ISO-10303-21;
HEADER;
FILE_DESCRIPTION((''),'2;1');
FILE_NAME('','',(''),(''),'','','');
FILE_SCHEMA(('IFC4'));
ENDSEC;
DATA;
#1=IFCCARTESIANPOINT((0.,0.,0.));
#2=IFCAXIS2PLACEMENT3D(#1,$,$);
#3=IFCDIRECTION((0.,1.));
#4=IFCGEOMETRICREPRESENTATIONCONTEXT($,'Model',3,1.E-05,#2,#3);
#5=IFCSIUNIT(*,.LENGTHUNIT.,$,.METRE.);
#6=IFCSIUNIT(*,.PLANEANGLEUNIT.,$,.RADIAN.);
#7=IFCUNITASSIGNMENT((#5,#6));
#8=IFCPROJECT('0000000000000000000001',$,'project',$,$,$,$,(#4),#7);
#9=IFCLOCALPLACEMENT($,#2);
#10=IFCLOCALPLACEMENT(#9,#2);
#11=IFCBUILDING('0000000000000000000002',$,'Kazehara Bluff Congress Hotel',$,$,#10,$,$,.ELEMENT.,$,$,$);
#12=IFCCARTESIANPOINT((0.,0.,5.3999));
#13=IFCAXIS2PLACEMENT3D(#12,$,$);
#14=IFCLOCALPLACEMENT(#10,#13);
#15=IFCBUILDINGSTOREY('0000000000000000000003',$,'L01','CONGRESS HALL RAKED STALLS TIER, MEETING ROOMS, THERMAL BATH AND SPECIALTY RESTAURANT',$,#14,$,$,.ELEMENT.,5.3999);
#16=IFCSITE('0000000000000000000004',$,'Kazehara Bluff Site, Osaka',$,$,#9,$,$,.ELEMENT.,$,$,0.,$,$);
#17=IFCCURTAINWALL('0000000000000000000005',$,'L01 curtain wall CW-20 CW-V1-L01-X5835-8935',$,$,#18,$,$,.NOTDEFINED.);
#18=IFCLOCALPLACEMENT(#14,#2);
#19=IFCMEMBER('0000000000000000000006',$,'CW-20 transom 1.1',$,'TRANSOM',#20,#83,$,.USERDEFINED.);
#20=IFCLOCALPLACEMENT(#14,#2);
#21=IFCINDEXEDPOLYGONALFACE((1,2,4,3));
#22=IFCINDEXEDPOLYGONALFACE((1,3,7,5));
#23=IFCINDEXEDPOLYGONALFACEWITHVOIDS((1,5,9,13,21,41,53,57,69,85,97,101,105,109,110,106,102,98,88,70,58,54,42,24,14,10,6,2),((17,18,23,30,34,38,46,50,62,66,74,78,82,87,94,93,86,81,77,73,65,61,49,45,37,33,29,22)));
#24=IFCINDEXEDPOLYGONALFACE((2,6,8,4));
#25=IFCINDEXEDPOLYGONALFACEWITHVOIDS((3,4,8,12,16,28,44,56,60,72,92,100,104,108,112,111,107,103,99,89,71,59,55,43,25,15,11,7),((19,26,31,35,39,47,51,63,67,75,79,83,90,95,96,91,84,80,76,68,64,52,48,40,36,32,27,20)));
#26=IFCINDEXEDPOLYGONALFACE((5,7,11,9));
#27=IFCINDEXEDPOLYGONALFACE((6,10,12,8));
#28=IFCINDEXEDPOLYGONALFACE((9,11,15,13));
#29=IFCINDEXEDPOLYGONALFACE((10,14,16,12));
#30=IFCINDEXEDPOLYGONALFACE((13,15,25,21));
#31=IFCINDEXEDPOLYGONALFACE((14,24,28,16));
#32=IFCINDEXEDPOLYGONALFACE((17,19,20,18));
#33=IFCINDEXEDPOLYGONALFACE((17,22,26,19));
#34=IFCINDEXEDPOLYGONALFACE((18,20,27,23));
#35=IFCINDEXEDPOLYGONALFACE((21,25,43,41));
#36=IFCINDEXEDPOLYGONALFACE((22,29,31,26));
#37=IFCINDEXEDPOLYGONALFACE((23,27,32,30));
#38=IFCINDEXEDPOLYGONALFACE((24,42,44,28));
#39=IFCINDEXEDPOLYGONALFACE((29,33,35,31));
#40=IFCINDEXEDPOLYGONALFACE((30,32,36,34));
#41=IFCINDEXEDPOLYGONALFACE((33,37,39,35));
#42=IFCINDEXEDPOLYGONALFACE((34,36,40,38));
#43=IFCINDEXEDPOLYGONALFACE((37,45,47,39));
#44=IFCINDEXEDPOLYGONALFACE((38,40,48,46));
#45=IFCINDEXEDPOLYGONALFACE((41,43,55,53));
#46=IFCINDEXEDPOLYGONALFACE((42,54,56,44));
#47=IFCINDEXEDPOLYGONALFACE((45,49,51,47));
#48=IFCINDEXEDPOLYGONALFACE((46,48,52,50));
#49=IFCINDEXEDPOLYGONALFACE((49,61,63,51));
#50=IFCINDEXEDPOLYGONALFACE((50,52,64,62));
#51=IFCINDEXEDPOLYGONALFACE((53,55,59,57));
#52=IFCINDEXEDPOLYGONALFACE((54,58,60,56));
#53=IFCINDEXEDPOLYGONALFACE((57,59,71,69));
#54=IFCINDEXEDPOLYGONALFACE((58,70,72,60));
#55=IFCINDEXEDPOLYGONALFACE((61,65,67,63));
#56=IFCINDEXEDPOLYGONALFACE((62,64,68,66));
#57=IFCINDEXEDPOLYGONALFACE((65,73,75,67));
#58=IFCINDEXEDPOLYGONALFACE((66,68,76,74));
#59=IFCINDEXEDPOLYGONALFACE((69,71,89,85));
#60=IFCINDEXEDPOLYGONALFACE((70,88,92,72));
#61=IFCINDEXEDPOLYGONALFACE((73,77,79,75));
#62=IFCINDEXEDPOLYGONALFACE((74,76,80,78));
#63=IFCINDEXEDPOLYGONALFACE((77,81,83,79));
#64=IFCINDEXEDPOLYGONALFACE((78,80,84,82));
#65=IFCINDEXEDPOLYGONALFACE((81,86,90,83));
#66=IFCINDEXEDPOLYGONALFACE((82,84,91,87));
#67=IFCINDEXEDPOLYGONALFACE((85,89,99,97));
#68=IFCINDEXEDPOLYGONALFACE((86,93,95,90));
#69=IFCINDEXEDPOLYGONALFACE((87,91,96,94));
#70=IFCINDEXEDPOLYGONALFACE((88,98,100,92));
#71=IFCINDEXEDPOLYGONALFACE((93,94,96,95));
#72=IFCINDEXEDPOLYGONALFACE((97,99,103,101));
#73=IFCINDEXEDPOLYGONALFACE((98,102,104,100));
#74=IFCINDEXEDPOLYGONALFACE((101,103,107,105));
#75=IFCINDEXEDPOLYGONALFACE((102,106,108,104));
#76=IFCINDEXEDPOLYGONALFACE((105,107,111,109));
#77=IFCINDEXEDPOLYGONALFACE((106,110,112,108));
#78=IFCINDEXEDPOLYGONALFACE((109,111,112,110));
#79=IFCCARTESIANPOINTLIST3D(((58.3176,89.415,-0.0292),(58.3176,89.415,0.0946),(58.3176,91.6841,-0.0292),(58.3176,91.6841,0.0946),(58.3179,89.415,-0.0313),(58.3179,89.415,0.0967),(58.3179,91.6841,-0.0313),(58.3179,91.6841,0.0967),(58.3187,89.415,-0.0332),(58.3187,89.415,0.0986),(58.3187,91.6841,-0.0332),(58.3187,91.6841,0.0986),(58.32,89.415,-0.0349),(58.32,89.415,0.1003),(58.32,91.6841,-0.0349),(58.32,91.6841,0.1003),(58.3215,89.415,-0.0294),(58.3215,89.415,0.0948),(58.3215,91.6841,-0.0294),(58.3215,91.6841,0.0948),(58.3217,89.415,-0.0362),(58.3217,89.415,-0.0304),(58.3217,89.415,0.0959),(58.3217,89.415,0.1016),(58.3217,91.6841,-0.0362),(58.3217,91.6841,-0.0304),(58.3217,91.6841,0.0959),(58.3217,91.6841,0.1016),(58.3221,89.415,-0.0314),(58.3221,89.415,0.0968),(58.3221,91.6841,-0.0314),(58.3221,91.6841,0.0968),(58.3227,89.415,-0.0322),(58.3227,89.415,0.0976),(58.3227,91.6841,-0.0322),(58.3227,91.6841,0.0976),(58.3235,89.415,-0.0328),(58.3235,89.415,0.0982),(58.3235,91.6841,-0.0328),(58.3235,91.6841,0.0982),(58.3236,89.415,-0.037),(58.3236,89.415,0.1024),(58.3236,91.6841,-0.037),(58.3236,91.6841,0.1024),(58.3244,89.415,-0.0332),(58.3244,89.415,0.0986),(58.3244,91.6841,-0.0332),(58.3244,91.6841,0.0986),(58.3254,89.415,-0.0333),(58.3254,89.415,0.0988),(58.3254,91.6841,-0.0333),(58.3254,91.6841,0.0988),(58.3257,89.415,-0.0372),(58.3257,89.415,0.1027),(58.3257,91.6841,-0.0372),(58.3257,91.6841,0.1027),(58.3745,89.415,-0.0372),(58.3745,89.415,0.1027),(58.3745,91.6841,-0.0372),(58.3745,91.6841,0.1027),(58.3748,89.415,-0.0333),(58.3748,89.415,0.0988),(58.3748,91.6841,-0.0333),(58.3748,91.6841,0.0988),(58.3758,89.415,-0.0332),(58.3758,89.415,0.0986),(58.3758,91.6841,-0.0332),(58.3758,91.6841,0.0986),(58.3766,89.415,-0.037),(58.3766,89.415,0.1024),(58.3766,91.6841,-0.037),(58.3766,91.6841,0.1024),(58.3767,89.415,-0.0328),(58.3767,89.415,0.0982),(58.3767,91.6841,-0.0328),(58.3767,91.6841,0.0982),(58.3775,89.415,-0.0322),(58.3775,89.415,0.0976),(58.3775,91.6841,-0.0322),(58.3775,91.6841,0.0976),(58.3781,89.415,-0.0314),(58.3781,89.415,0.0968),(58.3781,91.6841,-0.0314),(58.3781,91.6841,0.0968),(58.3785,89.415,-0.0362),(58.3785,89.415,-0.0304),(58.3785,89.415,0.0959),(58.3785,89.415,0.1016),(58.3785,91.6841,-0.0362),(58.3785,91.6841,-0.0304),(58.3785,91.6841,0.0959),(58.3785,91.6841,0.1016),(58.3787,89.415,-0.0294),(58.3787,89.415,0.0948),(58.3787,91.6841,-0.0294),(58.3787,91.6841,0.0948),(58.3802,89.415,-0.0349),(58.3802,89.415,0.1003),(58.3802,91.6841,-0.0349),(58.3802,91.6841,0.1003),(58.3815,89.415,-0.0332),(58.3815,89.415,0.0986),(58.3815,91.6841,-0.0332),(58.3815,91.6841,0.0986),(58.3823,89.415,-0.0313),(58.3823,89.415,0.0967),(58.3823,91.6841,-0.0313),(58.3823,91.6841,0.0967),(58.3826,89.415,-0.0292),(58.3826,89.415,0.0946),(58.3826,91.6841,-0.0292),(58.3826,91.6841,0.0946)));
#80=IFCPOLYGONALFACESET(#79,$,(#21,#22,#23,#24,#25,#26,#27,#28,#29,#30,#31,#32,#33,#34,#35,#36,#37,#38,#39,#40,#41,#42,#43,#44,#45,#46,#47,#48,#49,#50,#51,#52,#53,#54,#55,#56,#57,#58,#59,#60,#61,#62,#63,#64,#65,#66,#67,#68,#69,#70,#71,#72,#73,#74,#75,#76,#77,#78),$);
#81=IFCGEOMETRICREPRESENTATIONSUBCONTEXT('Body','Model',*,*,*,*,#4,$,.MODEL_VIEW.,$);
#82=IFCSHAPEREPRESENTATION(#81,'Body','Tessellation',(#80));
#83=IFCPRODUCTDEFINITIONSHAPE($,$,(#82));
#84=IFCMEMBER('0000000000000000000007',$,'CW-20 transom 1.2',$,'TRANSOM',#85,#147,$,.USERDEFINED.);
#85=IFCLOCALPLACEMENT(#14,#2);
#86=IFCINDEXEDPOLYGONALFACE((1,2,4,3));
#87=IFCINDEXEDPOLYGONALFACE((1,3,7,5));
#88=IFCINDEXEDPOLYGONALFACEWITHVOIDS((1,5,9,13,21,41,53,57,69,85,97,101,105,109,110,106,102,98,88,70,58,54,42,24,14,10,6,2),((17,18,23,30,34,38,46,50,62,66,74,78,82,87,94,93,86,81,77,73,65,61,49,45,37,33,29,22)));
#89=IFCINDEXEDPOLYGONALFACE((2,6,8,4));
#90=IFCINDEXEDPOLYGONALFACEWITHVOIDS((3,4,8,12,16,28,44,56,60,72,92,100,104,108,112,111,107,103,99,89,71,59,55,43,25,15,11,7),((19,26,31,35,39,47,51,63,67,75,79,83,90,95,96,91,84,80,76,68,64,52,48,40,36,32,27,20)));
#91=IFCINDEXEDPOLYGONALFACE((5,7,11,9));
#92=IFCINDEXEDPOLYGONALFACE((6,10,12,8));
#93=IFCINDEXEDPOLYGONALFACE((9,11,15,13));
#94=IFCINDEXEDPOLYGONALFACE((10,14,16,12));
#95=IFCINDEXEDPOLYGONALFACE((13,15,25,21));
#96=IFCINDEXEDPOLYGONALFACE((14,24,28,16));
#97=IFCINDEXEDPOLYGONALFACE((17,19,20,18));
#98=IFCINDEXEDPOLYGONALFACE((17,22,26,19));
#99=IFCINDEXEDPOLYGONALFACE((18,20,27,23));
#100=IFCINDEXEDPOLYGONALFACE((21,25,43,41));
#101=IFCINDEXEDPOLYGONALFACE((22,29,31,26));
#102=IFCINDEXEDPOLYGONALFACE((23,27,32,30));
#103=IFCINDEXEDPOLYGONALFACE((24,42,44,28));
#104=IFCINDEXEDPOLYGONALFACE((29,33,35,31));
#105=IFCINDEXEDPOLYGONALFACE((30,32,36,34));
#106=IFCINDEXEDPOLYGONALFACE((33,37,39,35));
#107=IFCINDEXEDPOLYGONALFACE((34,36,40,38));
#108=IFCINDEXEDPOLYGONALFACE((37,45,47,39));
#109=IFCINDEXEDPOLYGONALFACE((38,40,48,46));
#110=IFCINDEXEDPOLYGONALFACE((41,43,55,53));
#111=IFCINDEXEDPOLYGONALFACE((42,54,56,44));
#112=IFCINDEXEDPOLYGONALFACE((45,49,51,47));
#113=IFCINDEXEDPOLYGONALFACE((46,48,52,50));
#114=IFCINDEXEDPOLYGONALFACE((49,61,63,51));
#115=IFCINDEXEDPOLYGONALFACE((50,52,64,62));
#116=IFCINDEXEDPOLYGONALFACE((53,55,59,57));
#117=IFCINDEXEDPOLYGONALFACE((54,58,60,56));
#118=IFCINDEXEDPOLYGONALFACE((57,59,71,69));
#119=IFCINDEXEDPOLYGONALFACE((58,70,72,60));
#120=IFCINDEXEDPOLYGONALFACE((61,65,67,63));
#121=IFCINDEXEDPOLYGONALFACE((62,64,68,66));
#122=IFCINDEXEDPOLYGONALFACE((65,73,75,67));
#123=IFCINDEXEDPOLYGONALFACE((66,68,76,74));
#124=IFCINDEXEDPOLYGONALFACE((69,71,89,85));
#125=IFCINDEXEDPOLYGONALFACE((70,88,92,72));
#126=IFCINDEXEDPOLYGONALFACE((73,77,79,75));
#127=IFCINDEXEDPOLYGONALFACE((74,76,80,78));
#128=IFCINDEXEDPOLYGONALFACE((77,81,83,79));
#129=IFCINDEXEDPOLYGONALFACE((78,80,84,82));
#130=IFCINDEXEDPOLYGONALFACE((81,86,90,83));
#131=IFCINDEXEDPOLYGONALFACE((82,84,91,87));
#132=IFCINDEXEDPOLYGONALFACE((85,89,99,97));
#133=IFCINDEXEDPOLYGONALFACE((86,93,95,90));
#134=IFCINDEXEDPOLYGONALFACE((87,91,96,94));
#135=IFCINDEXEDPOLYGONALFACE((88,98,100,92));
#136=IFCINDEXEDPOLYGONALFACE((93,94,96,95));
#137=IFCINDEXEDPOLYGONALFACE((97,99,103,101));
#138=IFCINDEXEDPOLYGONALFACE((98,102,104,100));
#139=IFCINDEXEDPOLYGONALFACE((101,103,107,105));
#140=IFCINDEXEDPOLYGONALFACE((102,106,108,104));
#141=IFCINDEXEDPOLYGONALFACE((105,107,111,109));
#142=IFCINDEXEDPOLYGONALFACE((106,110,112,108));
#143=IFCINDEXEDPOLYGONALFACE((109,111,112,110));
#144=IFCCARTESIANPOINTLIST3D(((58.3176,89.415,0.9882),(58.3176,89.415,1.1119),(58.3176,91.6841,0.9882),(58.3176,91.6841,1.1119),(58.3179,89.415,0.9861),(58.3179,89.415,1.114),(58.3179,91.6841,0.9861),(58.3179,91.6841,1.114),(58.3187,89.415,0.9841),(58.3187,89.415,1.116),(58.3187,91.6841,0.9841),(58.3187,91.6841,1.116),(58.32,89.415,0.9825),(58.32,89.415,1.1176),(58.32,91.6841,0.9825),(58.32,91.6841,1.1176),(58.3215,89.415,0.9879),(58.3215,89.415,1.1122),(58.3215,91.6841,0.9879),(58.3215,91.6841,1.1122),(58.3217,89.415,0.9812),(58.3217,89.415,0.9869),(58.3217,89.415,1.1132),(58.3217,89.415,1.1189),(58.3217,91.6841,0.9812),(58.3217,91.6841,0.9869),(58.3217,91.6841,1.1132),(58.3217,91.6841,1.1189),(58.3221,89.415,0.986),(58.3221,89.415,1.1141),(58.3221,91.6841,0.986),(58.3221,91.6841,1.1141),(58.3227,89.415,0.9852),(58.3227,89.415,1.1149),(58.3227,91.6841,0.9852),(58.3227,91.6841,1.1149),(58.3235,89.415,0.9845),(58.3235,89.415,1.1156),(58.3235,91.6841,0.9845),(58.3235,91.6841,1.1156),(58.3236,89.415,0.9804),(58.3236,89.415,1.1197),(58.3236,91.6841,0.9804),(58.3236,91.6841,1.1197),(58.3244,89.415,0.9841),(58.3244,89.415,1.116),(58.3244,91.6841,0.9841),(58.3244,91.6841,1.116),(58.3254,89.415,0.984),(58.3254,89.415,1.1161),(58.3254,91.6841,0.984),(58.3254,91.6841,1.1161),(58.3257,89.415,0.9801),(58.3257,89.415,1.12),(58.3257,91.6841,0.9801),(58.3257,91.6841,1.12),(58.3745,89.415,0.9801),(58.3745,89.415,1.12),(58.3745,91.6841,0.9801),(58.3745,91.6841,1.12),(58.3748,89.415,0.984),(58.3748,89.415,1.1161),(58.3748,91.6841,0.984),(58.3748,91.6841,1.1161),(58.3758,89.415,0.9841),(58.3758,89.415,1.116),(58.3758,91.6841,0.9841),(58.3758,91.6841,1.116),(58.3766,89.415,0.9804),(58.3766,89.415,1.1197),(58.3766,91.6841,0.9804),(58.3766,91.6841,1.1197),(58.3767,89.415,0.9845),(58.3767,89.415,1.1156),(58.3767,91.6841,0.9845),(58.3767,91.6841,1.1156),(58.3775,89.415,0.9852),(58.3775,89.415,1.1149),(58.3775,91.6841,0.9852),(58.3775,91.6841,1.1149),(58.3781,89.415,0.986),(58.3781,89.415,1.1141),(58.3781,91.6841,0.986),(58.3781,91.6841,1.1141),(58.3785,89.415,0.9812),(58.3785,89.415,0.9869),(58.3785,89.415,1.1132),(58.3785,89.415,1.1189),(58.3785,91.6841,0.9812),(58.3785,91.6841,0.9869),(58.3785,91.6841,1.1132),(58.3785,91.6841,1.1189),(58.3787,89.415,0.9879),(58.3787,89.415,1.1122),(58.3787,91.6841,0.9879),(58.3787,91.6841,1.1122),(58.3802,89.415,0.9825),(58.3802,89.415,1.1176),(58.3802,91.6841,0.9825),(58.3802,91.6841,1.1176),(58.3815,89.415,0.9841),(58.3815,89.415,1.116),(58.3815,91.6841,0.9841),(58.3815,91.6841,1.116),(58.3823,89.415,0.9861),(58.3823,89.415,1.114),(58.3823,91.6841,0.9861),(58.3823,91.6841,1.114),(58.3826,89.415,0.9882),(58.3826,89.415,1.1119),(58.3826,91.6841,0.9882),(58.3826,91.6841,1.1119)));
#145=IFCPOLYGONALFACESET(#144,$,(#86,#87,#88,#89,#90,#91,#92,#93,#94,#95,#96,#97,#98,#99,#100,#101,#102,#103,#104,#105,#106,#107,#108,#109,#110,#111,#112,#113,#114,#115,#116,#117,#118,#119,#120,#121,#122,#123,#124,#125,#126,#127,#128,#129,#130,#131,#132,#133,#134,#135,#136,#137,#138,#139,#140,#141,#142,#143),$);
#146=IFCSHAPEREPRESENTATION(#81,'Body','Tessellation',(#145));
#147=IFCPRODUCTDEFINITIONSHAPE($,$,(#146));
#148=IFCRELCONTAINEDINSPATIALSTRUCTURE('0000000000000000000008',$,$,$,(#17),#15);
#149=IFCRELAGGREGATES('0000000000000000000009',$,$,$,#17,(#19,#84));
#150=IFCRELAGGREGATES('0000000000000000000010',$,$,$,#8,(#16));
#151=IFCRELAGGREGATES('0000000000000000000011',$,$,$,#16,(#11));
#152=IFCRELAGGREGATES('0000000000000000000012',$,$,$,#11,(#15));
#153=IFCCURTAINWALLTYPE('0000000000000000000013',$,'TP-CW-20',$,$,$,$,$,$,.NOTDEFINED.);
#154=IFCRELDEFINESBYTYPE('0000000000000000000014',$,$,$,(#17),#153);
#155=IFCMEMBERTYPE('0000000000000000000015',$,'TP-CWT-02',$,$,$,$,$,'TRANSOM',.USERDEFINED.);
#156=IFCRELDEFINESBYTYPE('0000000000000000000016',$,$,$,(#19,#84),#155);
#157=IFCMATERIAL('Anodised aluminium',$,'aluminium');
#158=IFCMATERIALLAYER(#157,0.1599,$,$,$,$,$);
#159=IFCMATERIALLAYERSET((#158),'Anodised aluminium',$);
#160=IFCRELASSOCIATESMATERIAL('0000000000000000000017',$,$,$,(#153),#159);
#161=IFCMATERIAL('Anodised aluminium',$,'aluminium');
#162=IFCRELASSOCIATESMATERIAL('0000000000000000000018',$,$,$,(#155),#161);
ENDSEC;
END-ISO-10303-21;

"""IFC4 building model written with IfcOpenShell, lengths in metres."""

from ifc_helpers import new_model, si_unit, direction, frame, origin, origin_2d, place, context, subcontext, project, spatial, hollow_rectangle, extrude, material, layer, layer_set, material_profile, profile_set, type_object, element, aggregate, save


model = new_model("IFC4")

# Units and contexts
model_context = context("Model", 3, precision=1e-05, world=origin(), true_north=direction((0.0, 1.0)))
body_context = subcontext(model_context, "Body", "Model", "MODEL_VIEW")
ifc_project = project(units=[si_unit("LENGTHUNIT", "METRE"), si_unit("PLANEANGLEUNIT", "RADIAN")], contexts=[model_context])

# Site, building, storey
site_placement = place(None, origin())
site = spatial("IfcSite", under=ifc_project, at=site_placement, Name="Kazehara Bluff Site, Osaka", CompositionType="ELEMENT", RefElevation=0.0)
building_placement = place(site_placement, origin())
building = spatial("IfcBuilding", under=site, at=building_placement, Name="Kazehara Bluff Congress Hotel", CompositionType="ELEMENT")
storey_placement = place(building_placement, frame((0.0, 0.0, 5.3999)))
storey = spatial("IfcBuildingStorey", under=building, at=storey_placement, Name="L01", Description="CONGRESS HALL RAKED STALLS TIER, MEETING ROOMS, THERMAL BATH AND SPECIALTY RESTAURANT", CompositionType="ELEMENT", Elevation=5.3999)

# Curtain wall, members
ifc_material_1 = material(Name="Anodised aluminium", Category="aluminium")
ifc_layer_1 = layer(ifc_material_1, 0.1599)
ifc_layer_set_1 = layer_set([ifc_layer_1], Name="Anodised aluminium")
curtain_wall_type = type_object("IfcCurtainWallType", Name="TP-CW-20", PredefinedType="NOTDEFINED", material=ifc_layer_set_1)
curtain_wall_placement = place(storey_placement, origin())
curtain_wall = element("IfcCurtainWall", 1, at=curtain_wall_placement, inside=storey, type_object=curtain_wall_type, Name="L01 curtain wall CW-20 CW-V1-L01-X5835-8935", PredefinedType="NOTDEFINED")
ifc_material_2 = material(Name="Anodised aluminium", Category="aluminium")
ifc_material_profile_1 = material_profile(ifc_material_2, hollow_rectangle(XDim=0.0649, YDim=0.1399, WallThickness=0.0039, InnerFilletRadius=0.0039, OuterFilletRadius=0.0081, at=origin_2d()))
ifc_profile_set_1 = profile_set([ifc_material_profile_1], Name="Anodised aluminium")
member_type_1 = type_object("IfcMemberType", Name="TP-CWT-02", ElementType="TRANSOM", PredefinedType="USERDEFINED", material=ifc_profile_set_1)
member_1_placement = place(storey_placement, frame((58.3501, 89.415, 0.0327), z_axis=(0.0, 1.0, 0.0), x_axis=(-1.0, 0.0, 0.0)))
member_1 = element("IfcMember", 2, at=member_1_placement, type_object=member_type_1, Name="CW-20 transom 1.1", ObjectType="TRANSOM", PredefinedType="USERDEFINED", context=body_context, shape_type="SweptSolid", body=[
    extrude(hollow_rectangle(XDim=0.0649, YDim=0.1399, WallThickness=0.0039, InnerFilletRadius=0.0039, OuterFilletRadius=0.0081, at=origin_2d()), origin(), (0.0, 0.0, 1.0), 2.269),
])
member_2_placement = place(storey_placement, frame((58.3501, 89.415, 1.05), z_axis=(0.0, 1.0, 0.0), x_axis=(-1.0, 0.0, 0.0)))
member_2 = element("IfcMember", 3, at=member_2_placement, type_object=member_type_1, Name="CW-20 transom 1.2", ObjectType="TRANSOM", PredefinedType="USERDEFINED", context=body_context, shape_type="SweptSolid", body=[
    extrude(hollow_rectangle(XDim=0.0649, YDim=0.1399, WallThickness=0.0039, InnerFilletRadius=0.0039, OuterFilletRadius=0.0081, at=origin_2d()), origin(), (0.0, 0.0, 1.0), 2.269),
])

aggregate(curtain_wall, [member_1, member_2])

save(model, "model.ifc")
